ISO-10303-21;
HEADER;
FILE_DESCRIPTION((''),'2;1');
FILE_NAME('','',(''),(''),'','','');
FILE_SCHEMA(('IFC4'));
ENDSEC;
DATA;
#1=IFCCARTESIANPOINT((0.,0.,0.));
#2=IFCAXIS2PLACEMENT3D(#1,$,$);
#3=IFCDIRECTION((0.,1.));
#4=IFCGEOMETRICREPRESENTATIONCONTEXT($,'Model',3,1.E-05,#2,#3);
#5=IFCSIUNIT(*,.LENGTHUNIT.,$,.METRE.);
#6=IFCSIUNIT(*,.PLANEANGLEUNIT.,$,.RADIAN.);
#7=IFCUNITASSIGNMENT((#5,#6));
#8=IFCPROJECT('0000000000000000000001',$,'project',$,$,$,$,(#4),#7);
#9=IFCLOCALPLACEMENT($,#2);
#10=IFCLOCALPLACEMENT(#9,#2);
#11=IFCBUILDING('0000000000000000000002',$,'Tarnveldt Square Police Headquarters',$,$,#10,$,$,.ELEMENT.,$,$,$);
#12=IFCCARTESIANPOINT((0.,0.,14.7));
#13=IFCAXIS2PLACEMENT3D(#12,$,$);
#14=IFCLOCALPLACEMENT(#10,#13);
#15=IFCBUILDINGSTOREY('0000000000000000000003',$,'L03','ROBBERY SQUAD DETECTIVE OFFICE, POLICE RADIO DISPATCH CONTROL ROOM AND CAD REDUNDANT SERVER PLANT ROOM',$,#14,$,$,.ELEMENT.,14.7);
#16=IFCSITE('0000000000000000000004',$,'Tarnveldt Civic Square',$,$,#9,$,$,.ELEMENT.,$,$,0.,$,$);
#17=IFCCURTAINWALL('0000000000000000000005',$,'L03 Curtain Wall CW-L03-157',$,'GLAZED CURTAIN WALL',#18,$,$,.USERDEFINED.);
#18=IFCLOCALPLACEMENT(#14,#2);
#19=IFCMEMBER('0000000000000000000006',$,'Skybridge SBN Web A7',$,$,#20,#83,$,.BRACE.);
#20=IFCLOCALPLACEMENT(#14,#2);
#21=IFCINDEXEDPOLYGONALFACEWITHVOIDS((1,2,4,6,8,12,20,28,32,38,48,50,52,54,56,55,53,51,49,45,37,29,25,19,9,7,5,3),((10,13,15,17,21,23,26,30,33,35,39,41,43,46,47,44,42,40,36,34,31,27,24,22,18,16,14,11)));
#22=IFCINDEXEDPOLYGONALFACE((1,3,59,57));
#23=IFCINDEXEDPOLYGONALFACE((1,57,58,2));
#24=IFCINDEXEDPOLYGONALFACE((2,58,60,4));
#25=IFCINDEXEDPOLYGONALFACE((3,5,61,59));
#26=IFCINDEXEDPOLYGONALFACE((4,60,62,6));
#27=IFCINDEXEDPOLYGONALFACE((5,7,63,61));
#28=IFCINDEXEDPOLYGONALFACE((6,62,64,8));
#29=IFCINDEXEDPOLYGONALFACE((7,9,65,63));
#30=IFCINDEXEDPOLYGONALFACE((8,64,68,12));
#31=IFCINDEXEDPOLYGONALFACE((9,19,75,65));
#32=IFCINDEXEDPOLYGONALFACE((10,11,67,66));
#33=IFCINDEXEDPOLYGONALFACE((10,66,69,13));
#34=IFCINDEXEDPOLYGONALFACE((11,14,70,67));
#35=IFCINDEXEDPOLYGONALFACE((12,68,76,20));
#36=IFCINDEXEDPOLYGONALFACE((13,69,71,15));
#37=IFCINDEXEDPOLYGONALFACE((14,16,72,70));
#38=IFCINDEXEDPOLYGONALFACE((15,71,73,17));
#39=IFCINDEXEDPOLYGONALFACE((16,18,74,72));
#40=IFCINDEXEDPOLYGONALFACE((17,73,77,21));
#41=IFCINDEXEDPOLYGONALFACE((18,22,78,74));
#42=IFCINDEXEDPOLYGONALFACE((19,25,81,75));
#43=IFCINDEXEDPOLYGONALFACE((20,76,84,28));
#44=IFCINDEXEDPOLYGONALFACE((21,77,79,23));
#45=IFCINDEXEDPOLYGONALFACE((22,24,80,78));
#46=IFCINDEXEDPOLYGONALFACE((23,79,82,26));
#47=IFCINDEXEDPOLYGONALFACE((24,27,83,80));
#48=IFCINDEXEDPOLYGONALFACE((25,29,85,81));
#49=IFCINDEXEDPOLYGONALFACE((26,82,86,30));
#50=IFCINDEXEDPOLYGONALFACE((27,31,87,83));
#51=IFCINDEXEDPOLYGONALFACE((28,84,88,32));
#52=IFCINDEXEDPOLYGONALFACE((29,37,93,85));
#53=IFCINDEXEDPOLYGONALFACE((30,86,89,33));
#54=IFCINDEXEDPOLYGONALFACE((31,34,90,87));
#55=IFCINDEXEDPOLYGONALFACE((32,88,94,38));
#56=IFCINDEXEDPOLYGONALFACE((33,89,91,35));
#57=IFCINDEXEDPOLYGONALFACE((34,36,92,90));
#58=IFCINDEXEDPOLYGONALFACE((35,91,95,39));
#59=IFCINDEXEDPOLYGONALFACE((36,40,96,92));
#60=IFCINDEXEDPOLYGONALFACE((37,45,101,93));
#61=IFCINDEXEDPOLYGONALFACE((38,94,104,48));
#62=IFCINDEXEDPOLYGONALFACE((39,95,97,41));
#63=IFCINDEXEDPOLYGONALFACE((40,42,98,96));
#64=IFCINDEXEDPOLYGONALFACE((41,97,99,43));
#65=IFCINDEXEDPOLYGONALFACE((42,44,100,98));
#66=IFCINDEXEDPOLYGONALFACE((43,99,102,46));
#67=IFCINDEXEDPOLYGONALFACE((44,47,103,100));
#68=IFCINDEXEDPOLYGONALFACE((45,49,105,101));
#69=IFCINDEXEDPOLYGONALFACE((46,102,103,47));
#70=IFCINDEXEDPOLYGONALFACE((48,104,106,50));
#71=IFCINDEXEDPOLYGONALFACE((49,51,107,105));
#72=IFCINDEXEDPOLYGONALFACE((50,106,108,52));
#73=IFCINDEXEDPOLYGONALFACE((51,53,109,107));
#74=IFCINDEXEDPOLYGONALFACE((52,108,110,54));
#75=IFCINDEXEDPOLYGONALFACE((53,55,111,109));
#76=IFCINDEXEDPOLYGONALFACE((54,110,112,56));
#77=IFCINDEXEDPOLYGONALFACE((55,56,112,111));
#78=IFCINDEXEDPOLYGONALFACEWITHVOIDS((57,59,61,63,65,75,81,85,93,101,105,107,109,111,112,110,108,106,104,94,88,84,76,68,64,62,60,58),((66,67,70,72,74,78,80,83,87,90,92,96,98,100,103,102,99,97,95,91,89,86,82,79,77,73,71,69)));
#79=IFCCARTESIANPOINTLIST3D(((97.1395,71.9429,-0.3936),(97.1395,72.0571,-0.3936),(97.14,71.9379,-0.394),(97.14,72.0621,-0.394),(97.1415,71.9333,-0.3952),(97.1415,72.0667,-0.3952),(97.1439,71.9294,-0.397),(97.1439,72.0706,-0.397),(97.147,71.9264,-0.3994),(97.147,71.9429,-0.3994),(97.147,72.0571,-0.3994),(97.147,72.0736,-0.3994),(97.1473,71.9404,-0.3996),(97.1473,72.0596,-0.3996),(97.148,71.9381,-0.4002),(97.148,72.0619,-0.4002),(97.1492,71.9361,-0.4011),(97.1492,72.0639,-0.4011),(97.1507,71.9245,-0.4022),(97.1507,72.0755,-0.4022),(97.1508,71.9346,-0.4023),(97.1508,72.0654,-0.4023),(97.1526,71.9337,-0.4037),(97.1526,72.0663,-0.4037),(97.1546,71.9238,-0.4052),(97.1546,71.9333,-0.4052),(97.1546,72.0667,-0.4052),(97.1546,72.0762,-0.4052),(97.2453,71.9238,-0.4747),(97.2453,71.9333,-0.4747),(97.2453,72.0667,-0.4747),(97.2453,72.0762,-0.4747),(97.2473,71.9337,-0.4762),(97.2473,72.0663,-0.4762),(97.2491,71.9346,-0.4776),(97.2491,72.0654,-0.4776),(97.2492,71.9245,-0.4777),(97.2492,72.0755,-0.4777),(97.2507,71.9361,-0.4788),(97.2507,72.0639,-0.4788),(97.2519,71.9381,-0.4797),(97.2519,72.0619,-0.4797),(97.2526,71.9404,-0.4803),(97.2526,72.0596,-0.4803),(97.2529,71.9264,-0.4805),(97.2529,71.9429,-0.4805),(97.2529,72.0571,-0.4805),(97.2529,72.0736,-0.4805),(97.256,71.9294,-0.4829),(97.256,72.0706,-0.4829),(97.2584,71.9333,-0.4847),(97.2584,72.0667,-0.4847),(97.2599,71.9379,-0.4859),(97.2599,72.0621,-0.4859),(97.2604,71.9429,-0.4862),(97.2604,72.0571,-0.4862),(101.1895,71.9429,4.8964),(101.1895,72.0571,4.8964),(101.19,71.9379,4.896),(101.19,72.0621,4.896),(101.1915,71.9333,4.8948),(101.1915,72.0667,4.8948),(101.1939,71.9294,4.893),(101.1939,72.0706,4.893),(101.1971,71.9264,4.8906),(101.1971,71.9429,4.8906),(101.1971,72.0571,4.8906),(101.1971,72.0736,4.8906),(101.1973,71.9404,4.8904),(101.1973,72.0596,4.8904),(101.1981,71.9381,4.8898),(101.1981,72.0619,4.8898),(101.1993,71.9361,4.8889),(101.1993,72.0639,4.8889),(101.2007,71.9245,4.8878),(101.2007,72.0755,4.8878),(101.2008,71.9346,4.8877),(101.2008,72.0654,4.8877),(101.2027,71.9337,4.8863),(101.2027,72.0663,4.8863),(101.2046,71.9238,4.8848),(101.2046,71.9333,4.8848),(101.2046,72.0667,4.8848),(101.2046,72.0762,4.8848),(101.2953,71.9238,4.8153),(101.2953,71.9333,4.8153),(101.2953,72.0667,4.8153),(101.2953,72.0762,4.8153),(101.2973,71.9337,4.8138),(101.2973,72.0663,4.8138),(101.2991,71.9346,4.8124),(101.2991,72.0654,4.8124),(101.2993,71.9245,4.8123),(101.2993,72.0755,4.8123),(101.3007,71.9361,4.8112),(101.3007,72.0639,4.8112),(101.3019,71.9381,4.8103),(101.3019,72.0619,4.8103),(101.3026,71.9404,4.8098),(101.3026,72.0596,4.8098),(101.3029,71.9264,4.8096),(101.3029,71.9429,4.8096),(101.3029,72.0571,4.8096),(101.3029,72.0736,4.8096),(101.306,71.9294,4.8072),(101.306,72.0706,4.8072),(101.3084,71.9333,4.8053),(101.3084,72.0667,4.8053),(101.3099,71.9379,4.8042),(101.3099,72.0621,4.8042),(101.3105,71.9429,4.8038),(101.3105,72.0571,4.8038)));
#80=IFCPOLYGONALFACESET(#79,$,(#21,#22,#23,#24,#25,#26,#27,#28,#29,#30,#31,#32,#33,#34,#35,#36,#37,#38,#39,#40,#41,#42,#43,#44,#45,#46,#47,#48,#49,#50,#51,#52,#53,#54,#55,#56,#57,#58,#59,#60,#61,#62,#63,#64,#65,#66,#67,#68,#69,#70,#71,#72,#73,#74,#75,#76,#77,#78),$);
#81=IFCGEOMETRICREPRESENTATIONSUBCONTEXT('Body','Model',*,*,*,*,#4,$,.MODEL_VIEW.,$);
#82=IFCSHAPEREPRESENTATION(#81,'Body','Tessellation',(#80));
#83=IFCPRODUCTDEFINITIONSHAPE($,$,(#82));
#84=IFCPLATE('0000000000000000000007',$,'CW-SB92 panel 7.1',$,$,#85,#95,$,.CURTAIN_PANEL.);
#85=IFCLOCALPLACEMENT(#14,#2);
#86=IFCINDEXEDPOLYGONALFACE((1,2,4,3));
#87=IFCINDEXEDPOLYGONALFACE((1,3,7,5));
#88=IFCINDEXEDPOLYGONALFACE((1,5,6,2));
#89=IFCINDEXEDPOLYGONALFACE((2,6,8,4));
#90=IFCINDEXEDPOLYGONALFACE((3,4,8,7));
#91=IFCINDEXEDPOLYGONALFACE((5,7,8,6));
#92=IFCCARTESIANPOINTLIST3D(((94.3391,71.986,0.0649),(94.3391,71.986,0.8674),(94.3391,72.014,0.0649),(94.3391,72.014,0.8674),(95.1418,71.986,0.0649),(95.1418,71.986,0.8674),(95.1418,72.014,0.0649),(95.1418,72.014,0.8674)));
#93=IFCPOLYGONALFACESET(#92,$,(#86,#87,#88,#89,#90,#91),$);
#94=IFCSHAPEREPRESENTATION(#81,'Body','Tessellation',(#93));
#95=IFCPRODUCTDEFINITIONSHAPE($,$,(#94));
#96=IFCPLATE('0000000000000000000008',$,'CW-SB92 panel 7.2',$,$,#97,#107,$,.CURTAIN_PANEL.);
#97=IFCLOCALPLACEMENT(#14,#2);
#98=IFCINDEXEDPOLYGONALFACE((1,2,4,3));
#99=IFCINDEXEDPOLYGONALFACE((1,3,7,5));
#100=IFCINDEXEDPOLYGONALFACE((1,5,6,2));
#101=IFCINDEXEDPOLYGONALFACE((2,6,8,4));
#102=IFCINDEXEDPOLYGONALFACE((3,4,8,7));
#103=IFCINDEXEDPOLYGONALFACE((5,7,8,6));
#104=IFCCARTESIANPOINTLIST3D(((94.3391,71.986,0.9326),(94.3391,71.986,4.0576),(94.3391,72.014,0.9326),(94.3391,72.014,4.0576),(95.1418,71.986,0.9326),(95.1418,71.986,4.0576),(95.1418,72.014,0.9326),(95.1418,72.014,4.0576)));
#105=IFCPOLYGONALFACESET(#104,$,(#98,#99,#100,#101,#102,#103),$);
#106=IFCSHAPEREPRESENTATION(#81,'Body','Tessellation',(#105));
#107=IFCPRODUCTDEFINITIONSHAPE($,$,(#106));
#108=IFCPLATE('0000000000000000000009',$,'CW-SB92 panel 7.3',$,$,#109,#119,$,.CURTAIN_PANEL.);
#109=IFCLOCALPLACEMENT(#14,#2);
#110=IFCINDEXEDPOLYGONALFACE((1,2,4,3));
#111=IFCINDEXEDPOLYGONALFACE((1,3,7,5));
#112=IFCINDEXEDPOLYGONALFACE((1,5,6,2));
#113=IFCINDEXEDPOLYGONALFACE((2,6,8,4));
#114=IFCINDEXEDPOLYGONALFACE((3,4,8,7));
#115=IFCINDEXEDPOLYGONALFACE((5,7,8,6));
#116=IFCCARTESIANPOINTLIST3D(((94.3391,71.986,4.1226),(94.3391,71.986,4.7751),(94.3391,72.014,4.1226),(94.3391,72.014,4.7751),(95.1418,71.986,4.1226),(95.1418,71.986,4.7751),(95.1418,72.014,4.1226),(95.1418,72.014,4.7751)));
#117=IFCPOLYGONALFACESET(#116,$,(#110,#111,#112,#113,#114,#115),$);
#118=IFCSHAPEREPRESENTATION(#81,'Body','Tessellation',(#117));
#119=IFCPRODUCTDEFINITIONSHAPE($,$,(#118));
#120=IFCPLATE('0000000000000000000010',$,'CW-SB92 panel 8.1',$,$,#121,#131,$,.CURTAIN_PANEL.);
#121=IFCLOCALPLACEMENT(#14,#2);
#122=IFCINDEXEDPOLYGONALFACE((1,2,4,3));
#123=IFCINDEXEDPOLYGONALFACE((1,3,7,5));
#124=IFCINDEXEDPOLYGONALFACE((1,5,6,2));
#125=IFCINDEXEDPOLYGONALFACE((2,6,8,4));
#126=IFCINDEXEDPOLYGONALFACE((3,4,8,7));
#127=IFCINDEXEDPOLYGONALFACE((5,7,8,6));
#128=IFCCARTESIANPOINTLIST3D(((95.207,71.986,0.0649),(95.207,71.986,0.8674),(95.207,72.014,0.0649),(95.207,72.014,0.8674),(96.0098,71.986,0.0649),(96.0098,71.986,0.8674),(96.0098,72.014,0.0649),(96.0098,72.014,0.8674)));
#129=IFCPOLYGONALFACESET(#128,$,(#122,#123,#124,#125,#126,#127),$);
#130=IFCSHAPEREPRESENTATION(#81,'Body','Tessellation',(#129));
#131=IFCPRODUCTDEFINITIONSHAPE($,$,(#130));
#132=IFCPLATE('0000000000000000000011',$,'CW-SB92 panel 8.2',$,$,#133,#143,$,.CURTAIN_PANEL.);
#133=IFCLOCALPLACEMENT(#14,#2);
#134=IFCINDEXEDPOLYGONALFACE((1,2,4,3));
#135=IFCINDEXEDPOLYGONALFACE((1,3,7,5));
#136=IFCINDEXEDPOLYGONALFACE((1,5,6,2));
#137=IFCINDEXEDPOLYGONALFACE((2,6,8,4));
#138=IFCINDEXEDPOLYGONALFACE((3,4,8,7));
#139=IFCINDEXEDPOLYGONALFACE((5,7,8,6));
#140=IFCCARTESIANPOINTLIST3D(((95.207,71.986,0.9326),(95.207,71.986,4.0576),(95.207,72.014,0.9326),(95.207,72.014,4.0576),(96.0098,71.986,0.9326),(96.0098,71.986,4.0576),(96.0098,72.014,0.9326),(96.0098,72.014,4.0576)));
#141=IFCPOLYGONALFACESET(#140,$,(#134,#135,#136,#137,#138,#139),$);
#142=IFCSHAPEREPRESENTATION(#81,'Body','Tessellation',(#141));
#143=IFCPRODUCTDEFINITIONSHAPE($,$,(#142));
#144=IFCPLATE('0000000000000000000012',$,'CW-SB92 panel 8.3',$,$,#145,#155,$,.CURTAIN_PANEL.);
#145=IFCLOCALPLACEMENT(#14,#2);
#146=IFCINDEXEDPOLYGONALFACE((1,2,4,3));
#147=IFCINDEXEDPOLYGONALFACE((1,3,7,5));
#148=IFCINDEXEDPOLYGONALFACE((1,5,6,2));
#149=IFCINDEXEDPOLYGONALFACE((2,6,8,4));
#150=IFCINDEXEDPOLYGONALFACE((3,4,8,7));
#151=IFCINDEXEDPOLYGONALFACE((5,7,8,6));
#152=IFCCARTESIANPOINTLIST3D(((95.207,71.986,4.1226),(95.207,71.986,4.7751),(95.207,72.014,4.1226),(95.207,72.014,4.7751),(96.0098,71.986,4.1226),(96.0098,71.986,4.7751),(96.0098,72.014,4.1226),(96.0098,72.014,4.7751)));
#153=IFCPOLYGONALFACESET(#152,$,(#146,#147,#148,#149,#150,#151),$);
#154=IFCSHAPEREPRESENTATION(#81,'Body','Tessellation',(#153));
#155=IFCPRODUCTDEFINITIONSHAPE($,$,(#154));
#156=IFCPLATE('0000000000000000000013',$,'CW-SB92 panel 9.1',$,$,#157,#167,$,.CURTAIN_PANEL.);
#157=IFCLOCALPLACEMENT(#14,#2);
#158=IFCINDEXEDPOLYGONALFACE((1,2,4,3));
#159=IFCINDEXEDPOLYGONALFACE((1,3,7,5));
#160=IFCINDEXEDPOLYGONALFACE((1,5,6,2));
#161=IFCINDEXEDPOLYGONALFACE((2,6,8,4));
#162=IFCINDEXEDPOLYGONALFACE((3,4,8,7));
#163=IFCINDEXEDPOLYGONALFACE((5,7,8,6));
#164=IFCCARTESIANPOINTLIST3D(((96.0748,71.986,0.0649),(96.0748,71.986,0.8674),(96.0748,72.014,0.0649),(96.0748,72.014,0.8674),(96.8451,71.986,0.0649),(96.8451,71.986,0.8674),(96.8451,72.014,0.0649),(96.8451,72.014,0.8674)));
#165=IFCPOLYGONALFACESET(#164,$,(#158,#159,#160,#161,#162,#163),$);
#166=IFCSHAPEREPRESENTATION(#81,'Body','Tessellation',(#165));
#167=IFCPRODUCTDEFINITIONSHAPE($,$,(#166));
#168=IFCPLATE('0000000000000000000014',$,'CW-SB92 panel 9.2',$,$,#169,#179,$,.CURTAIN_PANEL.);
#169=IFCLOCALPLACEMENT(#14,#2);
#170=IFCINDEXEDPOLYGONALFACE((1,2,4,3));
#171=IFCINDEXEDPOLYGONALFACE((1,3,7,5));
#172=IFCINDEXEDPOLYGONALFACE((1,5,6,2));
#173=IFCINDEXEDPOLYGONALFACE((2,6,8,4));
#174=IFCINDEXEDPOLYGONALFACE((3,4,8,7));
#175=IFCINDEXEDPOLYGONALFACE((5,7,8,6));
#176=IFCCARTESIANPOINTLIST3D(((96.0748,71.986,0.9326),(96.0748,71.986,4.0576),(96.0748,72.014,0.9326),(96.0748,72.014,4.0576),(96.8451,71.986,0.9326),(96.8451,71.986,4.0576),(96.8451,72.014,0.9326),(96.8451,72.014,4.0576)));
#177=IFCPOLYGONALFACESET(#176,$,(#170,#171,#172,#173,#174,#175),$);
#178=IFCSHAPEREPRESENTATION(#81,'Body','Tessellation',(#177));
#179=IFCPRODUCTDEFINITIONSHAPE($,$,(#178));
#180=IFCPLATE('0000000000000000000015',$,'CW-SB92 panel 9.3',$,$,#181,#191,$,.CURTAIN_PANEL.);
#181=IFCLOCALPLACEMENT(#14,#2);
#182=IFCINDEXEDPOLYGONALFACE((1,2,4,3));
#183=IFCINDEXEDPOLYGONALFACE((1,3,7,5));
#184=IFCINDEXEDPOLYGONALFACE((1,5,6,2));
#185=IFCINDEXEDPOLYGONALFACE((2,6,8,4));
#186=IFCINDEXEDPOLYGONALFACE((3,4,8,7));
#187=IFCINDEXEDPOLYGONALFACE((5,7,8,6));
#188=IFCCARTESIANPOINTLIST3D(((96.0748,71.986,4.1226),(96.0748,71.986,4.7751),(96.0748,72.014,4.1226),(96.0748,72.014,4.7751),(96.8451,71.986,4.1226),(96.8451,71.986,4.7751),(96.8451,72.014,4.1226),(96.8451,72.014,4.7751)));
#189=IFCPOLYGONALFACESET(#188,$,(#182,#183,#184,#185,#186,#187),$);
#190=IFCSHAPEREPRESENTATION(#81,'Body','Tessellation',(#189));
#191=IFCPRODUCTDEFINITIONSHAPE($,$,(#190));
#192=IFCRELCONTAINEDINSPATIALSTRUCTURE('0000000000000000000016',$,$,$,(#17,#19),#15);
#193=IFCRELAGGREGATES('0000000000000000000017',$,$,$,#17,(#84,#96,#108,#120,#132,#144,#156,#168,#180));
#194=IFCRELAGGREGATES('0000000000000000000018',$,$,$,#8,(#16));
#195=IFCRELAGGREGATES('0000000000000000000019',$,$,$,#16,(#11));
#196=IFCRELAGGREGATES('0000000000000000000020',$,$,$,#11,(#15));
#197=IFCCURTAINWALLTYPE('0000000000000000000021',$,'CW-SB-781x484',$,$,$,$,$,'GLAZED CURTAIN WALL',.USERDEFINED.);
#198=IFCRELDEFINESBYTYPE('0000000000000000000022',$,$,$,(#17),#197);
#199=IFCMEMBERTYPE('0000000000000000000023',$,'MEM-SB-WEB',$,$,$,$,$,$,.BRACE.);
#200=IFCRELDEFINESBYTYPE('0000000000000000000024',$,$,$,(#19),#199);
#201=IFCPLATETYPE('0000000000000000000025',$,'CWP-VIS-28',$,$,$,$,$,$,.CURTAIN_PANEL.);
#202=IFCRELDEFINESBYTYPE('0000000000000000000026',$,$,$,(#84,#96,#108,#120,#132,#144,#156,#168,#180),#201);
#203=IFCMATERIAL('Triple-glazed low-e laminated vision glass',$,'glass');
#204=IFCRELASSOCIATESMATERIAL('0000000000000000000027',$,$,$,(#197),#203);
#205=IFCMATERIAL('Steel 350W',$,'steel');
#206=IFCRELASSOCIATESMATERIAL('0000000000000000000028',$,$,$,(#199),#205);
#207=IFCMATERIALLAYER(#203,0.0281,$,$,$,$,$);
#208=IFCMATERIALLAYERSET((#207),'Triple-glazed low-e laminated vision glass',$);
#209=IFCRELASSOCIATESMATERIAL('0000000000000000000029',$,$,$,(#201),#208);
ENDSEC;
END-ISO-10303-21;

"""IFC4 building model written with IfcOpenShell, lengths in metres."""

from ifc_helpers import new_model, si_unit, direction, frame, origin, origin_2d, place, context, subcontext, project, spatial, rectangle, hollow_rectangle, extrude, material, layer, layer_set, material_profile, profile_set, type_object, element, aggregate, save


model = new_model("IFC4")

# Units and contexts
model_context = context("Model", 3, precision=1e-05, world=origin(), true_north=direction((0.0, 1.0)))
body_context = subcontext(model_context, "Body", "Model", "MODEL_VIEW")
ifc_project = project(units=[si_unit("LENGTHUNIT", "METRE"), si_unit("PLANEANGLEUNIT", "RADIAN")], contexts=[model_context])

# Site, building, storey
site_placement = place(None, origin())
site = spatial("IfcSite", under=ifc_project, at=site_placement, Name="Tarnveldt Civic Square", CompositionType="ELEMENT", RefElevation=0.0)
building_placement = place(site_placement, origin())
building = spatial("IfcBuilding", under=site, at=building_placement, Name="Tarnveldt Square Police Headquarters", CompositionType="ELEMENT")
storey_placement = place(building_placement, frame((0.0, 0.0, 14.7)))
storey = spatial("IfcBuildingStorey", under=building, at=storey_placement, Name="L03", Description="ROBBERY SQUAD DETECTIVE OFFICE, POLICE RADIO DISPATCH CONTROL ROOM AND CAD REDUNDANT SERVER PLANT ROOM", CompositionType="ELEMENT", Elevation=14.7)

# Shared definitions
ifc_material_1 = material(Name="Steel 350W", Category="steel")

# Curtain wall
ifc_material_2 = material(Name="Triple-glazed low-e laminated vision glass", Category="glass")
curtain_wall_type_1 = type_object("IfcCurtainWallType", Name="CW-SB-781x484", ElementType="GLAZED CURTAIN WALL", PredefinedType="USERDEFINED", material=ifc_material_2)
curtain_wall_1_placement = place(storey_placement, origin())
curtain_wall_1 = element("IfcCurtainWall", 1, at=curtain_wall_1_placement, inside=storey, type_object=curtain_wall_type_1, Name="L03 Curtain Wall CW-L03-157", ObjectType="GLAZED CURTAIN WALL", PredefinedType="USERDEFINED")

# Member
ifc_material_profile_1 = material_profile(ifc_material_1, hollow_rectangle(XDim=0.1523, YDim=0.1523, WallThickness=0.0095, InnerFilletRadius=0.0095, OuterFilletRadius=0.019, at=origin_2d()), Name="HSS152x152x9.5")
ifc_profile_set_1 = profile_set([ifc_material_profile_1], Name="Steel 350W")
member_type_1 = type_object("IfcMemberType", Name="MEM-SB-WEB", PredefinedType="BRACE", material=ifc_profile_set_1)
for number, where, z_axis, x_axis, name in (
    (2, (97.2, 72.0, -0.4399), (0.607898, 0.0, 0.794016), (0.0, 1.0, 0.0), "Skybridge SBN Web A7"),
):
    element("IfcMember", number, at=place(storey_placement, frame(where, z_axis=z_axis, x_axis=x_axis)), inside=storey, type_object=member_type_1, Name=name, PredefinedType="BRACE", context=body_context, shape_type="SweptSolid", body=[
        extrude(hollow_rectangle(XDim=0.1523, YDim=0.1523, WallThickness=0.0095, InnerFilletRadius=0.0095, OuterFilletRadius=0.019, at=origin_2d()), origin(), (0.0, 0.0, 1.0), 6.6624),
    ])

# Plates
ifc_layer = layer(ifc_material_2, 0.0281)
ifc_layer_set = layer_set([ifc_layer], Name="Triple-glazed low-e laminated vision glass")
plate_type = type_object("IfcPlateType", Name="CWP-VIS-28", PredefinedType="CURTAIN_PANEL", material=ifc_layer_set)
plate_1_placement = place(storey_placement, frame((94.7405, 72.0, 0.0649), z_axis=(0.0, 0.0, 1.0), x_axis=(1.0, 0.0, 0.0)))
plate_1 = element("IfcPlate", 3, at=plate_1_placement, type_object=plate_type, Name="CW-SB92 panel 7.1", PredefinedType="CURTAIN_PANEL", context=body_context, shape_type="SweptSolid", body=[
    extrude(rectangle(XDim=0.8027, YDim=0.0281, at=origin_2d()), origin(), (0.0, 0.0, 1.0), 0.8025),
])
plate_2_placement = place(storey_placement, frame((94.7405, 72.0, 0.9326), z_axis=(0.0, 0.0, 1.0), x_axis=(1.0, 0.0, 0.0)))
plate_2 = element("IfcPlate", 4, at=plate_2_placement, type_object=plate_type, Name="CW-SB92 panel 7.2", PredefinedType="CURTAIN_PANEL", context=body_context, shape_type="SweptSolid", body=[
    extrude(rectangle(XDim=0.8027, YDim=0.0281, at=origin_2d()), origin(), (0.0, 0.0, 1.0), 3.125),
])
plate_3_placement = place(storey_placement, frame((94.7405, 72.0, 4.1226), z_axis=(0.0, 0.0, 1.0), x_axis=(1.0, 0.0, 0.0)))
plate_3 = element("IfcPlate", 5, at=plate_3_placement, type_object=plate_type, Name="CW-SB92 panel 7.3", PredefinedType="CURTAIN_PANEL", context=body_context, shape_type="SweptSolid", body=[
    extrude(rectangle(XDim=0.8027, YDim=0.0281, at=origin_2d()), origin(), (0.0, 0.0, 1.0), 0.6526),
])
plate_4_placement = place(storey_placement, frame((95.6084, 72.0, 0.0649), z_axis=(0.0, 0.0, 1.0), x_axis=(1.0, 0.0, 0.0)))
plate_4 = element("IfcPlate", 6, at=plate_4_placement, type_object=plate_type, Name="CW-SB92 panel 8.1", PredefinedType="CURTAIN_PANEL", context=body_context, shape_type="SweptSolid", body=[
    extrude(rectangle(XDim=0.8027, YDim=0.0281, at=origin_2d()), origin(), (0.0, 0.0, 1.0), 0.8025),
])
plate_5_placement = place(storey_placement, frame((95.6084, 72.0, 0.9326), z_axis=(0.0, 0.0, 1.0), x_axis=(1.0, 0.0, 0.0)))
plate_5 = element("IfcPlate", 7, at=plate_5_placement, type_object=plate_type, Name="CW-SB92 panel 8.2", PredefinedType="CURTAIN_PANEL", context=body_context, shape_type="SweptSolid", body=[
    extrude(rectangle(XDim=0.8027, YDim=0.0281, at=origin_2d()), origin(), (0.0, 0.0, 1.0), 3.125),
])
plate_6_placement = place(storey_placement, frame((95.6084, 72.0, 4.1226), z_axis=(0.0, 0.0, 1.0), x_axis=(1.0, 0.0, 0.0)))
plate_6 = element("IfcPlate", 8, at=plate_6_placement, type_object=plate_type, Name="CW-SB92 panel 8.3", PredefinedType="CURTAIN_PANEL", context=body_context, shape_type="SweptSolid", body=[
    extrude(rectangle(XDim=0.8027, YDim=0.0281, at=origin_2d()), origin(), (0.0, 0.0, 1.0), 0.6526),
])
plate_7_placement = place(storey_placement, frame((96.46, 72.0, 0.0649), z_axis=(0.0, 0.0, 1.0), x_axis=(1.0, 0.0, 0.0)))
plate_7 = element("IfcPlate", 9, at=plate_7_placement, type_object=plate_type, Name="CW-SB92 panel 9.1", PredefinedType="CURTAIN_PANEL", context=body_context, shape_type="SweptSolid", body=[
    extrude(rectangle(XDim=0.7703, YDim=0.0281, at=origin_2d()), origin(), (0.0, 0.0, 1.0), 0.8025),
])
plate_8_placement = place(storey_placement, frame((96.46, 72.0, 0.9326), z_axis=(0.0, 0.0, 1.0), x_axis=(1.0, 0.0, 0.0)))
plate_8 = element("IfcPlate", 10, at=plate_8_placement, type_object=plate_type, Name="CW-SB92 panel 9.2", PredefinedType="CURTAIN_PANEL", context=body_context, shape_type="SweptSolid", body=[
    extrude(rectangle(XDim=0.7703, YDim=0.0281, at=origin_2d()), origin(), (0.0, 0.0, 1.0), 3.125),
])
plate_9_placement = place(storey_placement, frame((96.46, 72.0, 4.1226), z_axis=(0.0, 0.0, 1.0), x_axis=(1.0, 0.0, 0.0)))
plate_9 = element("IfcPlate", 11, at=plate_9_placement, type_object=plate_type, Name="CW-SB92 panel 9.3", PredefinedType="CURTAIN_PANEL", context=body_context, shape_type="SweptSolid", body=[
    extrude(rectangle(XDim=0.7703, YDim=0.0281, at=origin_2d()), origin(), (0.0, 0.0, 1.0), 0.6526),
])
aggregate(curtain_wall_1, [plate_1, plate_2, plate_3, plate_4, plate_5, plate_6, plate_7, plate_8, plate_9])

save(model, "model.ifc")
